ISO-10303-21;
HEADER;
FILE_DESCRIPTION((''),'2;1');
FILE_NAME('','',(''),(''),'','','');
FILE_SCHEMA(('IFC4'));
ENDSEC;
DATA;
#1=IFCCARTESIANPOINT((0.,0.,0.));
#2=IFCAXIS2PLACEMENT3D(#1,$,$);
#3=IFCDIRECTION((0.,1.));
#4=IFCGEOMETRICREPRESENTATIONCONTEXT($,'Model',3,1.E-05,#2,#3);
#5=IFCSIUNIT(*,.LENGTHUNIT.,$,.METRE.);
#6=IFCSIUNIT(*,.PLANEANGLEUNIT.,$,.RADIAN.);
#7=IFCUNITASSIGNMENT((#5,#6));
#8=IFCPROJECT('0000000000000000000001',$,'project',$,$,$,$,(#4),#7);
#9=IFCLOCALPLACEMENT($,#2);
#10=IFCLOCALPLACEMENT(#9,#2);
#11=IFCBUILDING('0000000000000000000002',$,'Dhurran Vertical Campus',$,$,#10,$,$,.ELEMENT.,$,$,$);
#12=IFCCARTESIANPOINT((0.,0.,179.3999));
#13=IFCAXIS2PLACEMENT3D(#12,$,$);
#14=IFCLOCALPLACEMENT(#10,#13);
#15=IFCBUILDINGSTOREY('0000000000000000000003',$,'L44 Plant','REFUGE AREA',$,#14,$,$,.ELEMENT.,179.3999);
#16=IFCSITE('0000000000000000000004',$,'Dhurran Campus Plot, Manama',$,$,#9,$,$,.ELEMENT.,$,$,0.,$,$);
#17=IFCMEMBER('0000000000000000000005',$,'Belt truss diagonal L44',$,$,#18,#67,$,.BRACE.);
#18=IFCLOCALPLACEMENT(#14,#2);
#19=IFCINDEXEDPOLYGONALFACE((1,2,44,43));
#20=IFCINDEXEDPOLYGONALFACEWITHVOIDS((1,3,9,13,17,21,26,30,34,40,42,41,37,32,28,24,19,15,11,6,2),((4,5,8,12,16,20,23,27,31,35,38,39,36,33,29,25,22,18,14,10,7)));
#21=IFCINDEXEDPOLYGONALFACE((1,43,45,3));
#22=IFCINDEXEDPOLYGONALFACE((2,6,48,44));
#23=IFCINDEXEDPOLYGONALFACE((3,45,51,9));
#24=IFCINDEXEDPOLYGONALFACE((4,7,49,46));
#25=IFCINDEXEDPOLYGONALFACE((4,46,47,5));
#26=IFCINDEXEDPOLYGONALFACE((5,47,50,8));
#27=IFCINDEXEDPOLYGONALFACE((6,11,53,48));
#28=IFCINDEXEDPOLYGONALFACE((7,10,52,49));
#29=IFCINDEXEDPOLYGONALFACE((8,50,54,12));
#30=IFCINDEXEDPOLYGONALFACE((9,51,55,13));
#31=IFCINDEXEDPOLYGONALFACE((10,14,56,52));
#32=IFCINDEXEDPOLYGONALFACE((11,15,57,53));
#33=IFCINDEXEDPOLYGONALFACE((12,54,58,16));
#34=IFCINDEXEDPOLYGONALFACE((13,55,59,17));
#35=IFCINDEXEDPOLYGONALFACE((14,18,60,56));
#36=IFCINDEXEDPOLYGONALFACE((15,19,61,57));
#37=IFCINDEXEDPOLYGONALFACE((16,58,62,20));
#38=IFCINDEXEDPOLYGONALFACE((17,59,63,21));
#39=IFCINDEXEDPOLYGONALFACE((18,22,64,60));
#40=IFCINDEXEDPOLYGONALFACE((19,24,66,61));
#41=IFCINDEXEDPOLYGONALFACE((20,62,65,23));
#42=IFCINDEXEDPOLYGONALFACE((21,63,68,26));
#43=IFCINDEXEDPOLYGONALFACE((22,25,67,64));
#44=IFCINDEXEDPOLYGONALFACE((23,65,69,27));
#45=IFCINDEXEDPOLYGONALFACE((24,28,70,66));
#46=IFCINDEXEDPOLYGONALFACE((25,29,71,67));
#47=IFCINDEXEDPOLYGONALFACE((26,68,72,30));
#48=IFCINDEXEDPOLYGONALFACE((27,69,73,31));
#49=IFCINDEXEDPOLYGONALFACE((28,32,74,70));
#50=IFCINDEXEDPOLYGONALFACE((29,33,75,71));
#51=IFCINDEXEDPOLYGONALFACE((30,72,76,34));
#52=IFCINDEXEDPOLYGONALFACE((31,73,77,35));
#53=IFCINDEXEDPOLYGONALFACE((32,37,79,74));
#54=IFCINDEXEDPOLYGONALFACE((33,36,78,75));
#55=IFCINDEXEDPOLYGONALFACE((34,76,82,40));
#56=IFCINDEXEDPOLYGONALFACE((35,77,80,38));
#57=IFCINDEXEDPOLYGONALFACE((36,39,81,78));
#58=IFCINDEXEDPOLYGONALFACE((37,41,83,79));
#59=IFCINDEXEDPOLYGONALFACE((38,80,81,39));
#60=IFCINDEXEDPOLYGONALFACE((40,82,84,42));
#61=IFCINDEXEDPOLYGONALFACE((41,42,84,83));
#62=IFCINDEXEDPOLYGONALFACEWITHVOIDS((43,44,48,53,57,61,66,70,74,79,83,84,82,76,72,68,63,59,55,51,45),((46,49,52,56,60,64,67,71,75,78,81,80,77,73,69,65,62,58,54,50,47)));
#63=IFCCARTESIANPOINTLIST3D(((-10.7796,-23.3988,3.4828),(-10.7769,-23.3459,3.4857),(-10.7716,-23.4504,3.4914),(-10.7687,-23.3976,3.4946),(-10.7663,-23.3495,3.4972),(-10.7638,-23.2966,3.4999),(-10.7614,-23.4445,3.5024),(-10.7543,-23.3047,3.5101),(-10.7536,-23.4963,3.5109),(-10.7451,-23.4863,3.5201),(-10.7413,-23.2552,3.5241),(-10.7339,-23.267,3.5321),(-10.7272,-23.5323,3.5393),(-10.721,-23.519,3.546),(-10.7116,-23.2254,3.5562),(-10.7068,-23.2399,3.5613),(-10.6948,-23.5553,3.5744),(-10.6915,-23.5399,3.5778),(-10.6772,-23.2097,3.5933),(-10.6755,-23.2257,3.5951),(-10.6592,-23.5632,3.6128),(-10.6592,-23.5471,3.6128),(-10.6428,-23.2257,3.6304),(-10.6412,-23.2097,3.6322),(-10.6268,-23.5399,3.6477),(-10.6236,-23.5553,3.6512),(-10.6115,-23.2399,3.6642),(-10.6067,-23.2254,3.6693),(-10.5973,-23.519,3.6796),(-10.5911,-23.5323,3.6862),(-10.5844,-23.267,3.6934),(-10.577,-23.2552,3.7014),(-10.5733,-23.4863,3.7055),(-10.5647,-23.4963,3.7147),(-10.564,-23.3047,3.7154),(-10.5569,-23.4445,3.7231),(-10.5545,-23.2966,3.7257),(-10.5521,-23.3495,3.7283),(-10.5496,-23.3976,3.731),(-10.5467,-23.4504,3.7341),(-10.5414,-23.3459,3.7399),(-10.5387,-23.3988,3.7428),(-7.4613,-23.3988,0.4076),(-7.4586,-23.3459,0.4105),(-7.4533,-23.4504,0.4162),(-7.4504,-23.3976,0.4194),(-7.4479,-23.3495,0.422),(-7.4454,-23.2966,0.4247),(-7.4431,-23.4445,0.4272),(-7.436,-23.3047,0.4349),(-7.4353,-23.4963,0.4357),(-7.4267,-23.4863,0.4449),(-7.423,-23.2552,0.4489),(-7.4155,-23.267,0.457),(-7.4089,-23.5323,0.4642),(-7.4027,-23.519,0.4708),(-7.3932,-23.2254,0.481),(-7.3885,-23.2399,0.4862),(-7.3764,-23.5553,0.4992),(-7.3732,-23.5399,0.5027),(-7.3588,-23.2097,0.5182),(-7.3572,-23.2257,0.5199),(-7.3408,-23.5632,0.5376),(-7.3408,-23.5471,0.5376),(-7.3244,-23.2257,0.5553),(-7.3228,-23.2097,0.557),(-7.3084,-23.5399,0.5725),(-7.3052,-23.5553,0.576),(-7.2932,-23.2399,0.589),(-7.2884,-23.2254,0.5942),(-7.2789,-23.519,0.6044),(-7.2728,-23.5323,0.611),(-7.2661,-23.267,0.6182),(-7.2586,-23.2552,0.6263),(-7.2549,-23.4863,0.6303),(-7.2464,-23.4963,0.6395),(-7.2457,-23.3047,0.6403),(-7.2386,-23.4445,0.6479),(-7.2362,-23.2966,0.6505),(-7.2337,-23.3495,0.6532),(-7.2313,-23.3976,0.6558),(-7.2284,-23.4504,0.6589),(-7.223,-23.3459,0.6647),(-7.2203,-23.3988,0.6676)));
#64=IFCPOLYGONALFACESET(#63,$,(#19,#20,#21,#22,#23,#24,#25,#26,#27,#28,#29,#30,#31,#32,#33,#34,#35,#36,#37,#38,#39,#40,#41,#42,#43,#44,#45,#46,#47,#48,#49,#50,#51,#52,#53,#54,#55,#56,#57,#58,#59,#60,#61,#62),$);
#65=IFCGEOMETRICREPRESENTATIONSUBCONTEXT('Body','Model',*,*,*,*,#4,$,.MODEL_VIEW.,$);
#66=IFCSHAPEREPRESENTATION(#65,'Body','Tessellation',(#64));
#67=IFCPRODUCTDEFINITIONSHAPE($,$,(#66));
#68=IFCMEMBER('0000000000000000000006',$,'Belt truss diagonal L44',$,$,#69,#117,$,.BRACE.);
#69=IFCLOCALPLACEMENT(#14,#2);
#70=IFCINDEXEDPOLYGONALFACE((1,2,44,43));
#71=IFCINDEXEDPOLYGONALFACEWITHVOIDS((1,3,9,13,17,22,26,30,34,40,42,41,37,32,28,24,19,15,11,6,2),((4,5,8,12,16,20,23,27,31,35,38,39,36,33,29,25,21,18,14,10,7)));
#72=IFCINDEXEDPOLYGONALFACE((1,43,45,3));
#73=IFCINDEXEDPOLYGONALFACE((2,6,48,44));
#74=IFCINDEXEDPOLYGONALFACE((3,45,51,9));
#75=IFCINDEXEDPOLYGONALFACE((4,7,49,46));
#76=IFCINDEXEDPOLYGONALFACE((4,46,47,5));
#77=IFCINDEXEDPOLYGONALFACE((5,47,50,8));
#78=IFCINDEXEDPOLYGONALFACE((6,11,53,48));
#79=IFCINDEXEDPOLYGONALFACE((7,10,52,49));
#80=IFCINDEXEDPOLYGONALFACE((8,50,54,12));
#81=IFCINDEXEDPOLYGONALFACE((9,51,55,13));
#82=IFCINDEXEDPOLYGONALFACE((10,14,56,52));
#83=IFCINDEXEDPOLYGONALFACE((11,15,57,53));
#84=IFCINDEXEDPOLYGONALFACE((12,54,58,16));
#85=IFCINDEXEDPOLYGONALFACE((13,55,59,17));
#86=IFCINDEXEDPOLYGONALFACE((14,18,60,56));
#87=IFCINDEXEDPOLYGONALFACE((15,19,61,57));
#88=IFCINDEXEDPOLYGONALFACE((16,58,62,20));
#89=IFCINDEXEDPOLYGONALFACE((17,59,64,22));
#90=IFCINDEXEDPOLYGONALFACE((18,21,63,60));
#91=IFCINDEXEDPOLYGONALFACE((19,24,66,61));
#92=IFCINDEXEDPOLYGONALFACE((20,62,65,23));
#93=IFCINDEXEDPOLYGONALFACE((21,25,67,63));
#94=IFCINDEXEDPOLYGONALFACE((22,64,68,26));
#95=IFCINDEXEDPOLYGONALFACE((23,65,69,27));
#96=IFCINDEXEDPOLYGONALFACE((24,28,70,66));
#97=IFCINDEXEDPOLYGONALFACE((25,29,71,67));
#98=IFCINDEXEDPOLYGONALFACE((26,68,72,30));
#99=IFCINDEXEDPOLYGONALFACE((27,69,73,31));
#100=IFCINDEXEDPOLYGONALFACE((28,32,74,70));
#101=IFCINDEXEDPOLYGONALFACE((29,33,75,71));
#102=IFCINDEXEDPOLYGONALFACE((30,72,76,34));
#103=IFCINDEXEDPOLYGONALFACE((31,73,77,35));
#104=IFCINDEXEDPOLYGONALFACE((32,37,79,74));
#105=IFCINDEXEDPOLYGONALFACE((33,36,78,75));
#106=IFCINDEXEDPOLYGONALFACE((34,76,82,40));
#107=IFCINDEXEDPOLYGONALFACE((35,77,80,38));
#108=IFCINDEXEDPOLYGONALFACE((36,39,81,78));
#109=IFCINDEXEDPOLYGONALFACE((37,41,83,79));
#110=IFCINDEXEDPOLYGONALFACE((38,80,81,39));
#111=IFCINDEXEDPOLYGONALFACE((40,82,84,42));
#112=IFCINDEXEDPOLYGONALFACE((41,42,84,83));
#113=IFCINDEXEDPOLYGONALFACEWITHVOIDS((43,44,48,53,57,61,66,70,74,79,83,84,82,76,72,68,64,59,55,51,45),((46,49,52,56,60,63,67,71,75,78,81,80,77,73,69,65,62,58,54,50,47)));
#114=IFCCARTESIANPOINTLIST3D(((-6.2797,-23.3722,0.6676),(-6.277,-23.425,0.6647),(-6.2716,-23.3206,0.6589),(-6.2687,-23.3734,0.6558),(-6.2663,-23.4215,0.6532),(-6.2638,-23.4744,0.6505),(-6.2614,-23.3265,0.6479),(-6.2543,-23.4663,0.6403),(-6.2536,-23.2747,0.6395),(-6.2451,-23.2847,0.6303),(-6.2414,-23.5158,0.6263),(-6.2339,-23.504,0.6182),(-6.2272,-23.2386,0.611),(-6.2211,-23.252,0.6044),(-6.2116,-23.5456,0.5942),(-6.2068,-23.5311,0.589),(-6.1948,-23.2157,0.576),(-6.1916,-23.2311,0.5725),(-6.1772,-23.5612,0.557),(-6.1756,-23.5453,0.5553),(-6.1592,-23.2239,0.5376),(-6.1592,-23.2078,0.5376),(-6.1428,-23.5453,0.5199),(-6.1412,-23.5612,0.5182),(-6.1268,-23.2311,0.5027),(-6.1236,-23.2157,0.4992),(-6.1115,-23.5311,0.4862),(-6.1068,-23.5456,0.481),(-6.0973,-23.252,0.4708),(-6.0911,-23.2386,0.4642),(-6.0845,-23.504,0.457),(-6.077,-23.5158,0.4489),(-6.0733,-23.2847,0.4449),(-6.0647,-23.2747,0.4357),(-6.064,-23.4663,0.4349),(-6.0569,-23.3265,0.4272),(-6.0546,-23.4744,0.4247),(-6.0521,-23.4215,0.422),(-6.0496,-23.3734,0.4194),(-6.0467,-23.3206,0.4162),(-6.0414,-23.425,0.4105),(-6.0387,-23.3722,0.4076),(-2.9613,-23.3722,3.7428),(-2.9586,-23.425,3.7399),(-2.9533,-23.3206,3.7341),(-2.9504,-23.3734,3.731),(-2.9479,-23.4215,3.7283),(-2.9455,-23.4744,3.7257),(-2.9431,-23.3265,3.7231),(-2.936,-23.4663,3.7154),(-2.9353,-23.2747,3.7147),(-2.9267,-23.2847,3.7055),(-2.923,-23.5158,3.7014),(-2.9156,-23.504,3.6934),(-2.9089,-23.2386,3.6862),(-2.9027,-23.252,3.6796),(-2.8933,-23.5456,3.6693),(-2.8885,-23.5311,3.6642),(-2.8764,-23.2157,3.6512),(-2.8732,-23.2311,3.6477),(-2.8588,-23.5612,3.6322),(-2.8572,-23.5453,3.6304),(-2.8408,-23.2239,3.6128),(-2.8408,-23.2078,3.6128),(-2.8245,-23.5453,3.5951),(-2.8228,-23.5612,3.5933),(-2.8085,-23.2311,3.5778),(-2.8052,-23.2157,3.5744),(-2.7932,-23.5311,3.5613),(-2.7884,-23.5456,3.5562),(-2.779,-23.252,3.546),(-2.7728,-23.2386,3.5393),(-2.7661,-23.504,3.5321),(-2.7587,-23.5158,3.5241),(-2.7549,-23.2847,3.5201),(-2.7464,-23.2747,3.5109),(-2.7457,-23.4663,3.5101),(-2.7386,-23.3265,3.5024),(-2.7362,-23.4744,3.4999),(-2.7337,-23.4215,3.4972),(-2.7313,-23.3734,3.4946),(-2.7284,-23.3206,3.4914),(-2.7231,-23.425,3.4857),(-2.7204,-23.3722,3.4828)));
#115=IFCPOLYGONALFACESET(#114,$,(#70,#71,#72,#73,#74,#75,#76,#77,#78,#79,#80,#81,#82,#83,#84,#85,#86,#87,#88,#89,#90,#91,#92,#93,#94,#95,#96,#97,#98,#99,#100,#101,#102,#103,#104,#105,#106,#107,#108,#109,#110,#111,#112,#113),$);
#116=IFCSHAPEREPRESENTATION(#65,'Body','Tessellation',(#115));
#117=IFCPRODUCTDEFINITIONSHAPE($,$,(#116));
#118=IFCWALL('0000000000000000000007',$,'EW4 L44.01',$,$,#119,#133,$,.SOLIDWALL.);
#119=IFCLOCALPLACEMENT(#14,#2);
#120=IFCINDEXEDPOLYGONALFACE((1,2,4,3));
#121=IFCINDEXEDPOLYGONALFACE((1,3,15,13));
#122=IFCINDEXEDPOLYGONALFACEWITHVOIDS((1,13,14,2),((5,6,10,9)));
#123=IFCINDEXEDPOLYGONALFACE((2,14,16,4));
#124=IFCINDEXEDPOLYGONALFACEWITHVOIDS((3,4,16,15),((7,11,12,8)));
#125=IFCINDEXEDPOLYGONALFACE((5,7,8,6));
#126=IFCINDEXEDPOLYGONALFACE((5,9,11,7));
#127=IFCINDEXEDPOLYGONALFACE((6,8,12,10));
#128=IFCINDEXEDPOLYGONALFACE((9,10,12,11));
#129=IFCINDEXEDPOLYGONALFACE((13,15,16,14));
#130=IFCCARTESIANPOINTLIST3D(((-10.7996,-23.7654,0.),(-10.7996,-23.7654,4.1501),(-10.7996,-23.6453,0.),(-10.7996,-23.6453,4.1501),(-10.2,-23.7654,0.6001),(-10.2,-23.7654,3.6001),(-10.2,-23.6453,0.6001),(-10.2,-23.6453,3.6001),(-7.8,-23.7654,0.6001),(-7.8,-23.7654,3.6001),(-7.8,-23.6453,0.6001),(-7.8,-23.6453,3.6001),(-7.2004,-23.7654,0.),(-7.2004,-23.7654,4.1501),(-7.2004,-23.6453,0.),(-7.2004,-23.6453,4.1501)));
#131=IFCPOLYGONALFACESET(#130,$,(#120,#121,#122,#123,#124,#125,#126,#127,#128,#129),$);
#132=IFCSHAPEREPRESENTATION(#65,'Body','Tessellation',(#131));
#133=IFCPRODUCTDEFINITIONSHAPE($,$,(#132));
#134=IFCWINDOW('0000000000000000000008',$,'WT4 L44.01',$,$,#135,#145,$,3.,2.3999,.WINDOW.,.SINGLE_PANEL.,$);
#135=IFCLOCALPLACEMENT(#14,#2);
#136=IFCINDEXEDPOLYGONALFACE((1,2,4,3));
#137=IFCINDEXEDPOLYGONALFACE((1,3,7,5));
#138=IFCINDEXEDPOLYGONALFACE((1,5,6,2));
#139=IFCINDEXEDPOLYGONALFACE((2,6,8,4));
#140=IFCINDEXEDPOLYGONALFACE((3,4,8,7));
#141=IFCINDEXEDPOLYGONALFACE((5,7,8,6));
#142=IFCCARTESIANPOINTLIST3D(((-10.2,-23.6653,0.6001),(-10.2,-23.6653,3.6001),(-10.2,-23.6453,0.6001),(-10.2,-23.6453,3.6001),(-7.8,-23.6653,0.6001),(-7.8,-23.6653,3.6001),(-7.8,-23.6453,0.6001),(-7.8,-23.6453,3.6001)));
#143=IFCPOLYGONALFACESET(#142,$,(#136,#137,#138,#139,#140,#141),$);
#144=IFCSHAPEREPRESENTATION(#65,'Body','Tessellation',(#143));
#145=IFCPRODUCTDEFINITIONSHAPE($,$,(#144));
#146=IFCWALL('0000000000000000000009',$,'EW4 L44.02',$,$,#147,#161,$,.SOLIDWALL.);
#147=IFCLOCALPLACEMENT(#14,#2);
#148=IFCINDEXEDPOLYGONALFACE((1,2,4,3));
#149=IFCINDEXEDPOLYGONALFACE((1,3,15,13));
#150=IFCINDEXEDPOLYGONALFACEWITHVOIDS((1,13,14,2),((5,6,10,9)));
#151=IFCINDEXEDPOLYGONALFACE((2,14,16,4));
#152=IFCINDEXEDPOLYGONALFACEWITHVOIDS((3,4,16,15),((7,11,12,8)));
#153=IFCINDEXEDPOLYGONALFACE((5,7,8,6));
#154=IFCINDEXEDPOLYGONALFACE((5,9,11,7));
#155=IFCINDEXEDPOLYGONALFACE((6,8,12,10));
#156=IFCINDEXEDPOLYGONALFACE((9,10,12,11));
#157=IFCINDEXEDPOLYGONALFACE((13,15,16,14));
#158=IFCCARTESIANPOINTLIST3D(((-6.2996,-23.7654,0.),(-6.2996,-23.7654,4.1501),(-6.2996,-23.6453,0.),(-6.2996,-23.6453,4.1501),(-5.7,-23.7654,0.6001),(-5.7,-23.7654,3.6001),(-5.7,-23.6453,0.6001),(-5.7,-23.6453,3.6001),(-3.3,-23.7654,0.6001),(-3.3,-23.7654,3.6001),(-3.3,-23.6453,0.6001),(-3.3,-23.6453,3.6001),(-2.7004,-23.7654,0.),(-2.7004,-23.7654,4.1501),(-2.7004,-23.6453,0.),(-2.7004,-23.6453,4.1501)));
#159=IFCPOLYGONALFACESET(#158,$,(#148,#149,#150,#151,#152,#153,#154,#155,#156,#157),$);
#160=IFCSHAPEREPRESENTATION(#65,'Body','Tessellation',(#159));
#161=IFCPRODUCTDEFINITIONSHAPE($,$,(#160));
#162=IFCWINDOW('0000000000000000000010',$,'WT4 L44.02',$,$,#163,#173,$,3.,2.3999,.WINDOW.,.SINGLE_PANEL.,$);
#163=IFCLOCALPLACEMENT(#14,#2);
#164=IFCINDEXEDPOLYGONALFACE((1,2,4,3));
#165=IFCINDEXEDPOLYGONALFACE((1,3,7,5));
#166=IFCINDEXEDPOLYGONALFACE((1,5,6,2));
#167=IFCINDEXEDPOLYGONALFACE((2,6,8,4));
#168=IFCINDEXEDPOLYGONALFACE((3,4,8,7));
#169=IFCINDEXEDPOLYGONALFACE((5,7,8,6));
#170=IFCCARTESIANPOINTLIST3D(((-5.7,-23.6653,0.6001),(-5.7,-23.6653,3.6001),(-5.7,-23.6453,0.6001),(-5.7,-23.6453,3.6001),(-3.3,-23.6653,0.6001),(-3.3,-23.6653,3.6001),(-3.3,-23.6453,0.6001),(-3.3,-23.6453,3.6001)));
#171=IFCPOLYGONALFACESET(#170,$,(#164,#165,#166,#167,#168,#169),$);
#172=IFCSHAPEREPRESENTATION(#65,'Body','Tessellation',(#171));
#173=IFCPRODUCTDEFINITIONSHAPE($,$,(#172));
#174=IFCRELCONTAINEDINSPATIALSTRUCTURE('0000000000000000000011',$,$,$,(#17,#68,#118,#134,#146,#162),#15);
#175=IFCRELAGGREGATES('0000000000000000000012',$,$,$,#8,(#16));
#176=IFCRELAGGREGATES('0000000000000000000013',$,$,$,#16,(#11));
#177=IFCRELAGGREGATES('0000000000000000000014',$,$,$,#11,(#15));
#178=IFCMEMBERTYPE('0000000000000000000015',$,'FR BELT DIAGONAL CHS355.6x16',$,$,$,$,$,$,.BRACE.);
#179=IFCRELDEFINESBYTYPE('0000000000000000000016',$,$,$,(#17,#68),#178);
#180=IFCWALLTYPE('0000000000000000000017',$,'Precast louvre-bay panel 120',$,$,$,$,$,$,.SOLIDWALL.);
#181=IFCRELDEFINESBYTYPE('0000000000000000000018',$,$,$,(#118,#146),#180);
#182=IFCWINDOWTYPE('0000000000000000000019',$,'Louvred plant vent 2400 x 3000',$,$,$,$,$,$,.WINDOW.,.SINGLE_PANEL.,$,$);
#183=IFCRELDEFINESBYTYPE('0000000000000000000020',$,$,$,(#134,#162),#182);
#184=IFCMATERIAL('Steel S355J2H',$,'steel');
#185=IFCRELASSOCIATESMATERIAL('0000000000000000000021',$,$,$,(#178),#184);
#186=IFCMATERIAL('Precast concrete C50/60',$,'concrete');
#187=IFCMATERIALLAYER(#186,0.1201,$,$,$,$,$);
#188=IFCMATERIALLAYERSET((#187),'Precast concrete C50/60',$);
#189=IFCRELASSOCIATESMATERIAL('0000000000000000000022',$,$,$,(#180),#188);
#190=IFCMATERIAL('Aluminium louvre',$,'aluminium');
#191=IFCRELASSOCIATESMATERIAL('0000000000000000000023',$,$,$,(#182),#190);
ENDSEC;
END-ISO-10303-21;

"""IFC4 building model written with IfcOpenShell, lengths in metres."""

from ifc_helpers import new_model, si_unit, direction, frame, frame_2d, origin, origin_2d, place, context, subcontext, project, spatial, rectangle, hollow_circle, extrude, material, layer, layer_set, material_profile, profile_set, type_object, element, fill, save


model = new_model("IFC4")

# Units and contexts
model_context = context("Model", 3, precision=1e-05, world=origin(), true_north=direction((0.0, 1.0)))
body_context = subcontext(model_context, "Body", "Model", "MODEL_VIEW")
ifc_project = project(units=[si_unit("LENGTHUNIT", "METRE"), si_unit("PLANEANGLEUNIT", "RADIAN")], contexts=[model_context])

# Site, building, storey
site_placement = place(None, origin())
site = spatial("IfcSite", under=ifc_project, at=site_placement, Name="Dhurran Campus Plot, Manama", CompositionType="ELEMENT", RefElevation=0.0)
building_placement = place(site_placement, origin())
building = spatial("IfcBuilding", under=site, at=building_placement, Name="Dhurran Vertical Campus", CompositionType="ELEMENT")
storey_placement = place(building_placement, frame((0.0, 0.0, 179.3999)))
storey = spatial("IfcBuildingStorey", under=building, at=storey_placement, Name="L44 Plant", Description="REFUGE AREA", CompositionType="ELEMENT", Elevation=179.3999)

# Members
ifc_material_1 = material(Name="Steel S355J2H", Category="steel")
ifc_material_profile_1 = material_profile(ifc_material_1, hollow_circle(Radius=0.1777, WallThickness=0.0161, at=origin_2d()), Name="CHS355.6x16")
ifc_profile_set_1 = profile_set([ifc_material_profile_1], Name="Steel S355J2H")
member_type = type_object("IfcMemberType", Name="FR BELT DIAGONAL CHS355.6x16", PredefinedType="BRACE", material=ifc_profile_set_1)
for number, where, z_axis, x_axis, name in (
    (1, (-7.3408, -23.3855, 0.5376), (-0.73347, 0.0, 0.679722), (0.0, -1.0, 0.0), "Belt truss diagonal L44"),
    (2, (-6.1592, -23.3855, 0.5376), (0.73347, 0.0, 0.679722), (0.0, 1.0, 0.0), "Belt truss diagonal L44"),
):
    element("IfcMember", number, at=place(storey_placement, frame(where, z_axis=z_axis, x_axis=x_axis)), inside=storey, type_object=member_type, Name=name, PredefinedType="BRACE", context=body_context, shape_type="SweptSolid", body=[
        extrude(hollow_circle(Radius=0.1777, WallThickness=0.0161, at=origin_2d()), origin(), (0.0, 0.0, 1.0), 4.5242),
    ])

# Walls, openings, windows
ifc_material_2 = material(Name="Precast concrete C50/60", Category="concrete")
ifc_layer_1 = layer(ifc_material_2, 0.1201)
ifc_layer_set_1 = layer_set([ifc_layer_1], Name="Precast concrete C50/60")
wall_type_1 = type_object("IfcWallType", Name="Precast louvre-bay panel 120", PredefinedType="SOLIDWALL", material=ifc_layer_set_1)
wall_1_placement = place(storey_placement, frame((-10.7996, -23.7053, 0.0), z_axis=(0.0, 0.0, 1.0), x_axis=(1.0, 0.0, 0.0)))
wall_1 = element("IfcWall", 3, at=wall_1_placement, inside=storey, type_object=wall_type_1, Name="EW4 L44.01", PredefinedType="SOLIDWALL", context=body_context, shape_type="SweptSolid", body=[
    extrude(rectangle(XDim=3.5991, YDim=0.1201, at=frame_2d((1.7996, 0.0))), origin(), (0.0, 0.0, 1.0), 4.1501),
])
opening_1_placement = place(wall_1_placement, frame((0.5996, 0.0, 0.6001)))
opening_1 = element("IfcOpeningElement", 4, at=opening_1_placement, cuts=wall_1, PredefinedType="OPENING", context=body_context, shape_type="SweptSolid", body=[
    extrude(rectangle(XDim=2.3999, YDim=3.0, at=frame_2d((1.2, 1.5))), frame((0.0, 0.0701, 0.0), z_axis=(0.0, -1.0, 0.0), x_axis=(1.0, 0.0, 0.0)), (0.0, 0.0, 1.0), 0.1401),
])
ifc_material_3 = material(Name="Aluminium louvre", Category="aluminium")
window_type = type_object("IfcWindowType", Name="Louvred plant vent 2400 x 3000", PartitioningType="SINGLE_PANEL", PredefinedType="WINDOW", material=ifc_material_3)
window_1_placement = place(opening_1_placement, origin())
window_1 = element("IfcWindow", 5, at=window_1_placement, inside=storey, type_object=window_type, Name="WT4 L44.01", OverallHeight=3.0, OverallWidth=2.3999, PartitioningType="SINGLE_PANEL", PredefinedType="WINDOW", context=body_context, shape_type="SweptSolid", body=[
    extrude(rectangle(XDim=2.3999, YDim=3.0, at=frame_2d((1.2, 1.5))), frame((0.0, 0.0601, 0.0), z_axis=(0.0, -1.0, 0.0), x_axis=(1.0, 0.0, 0.0)), (0.0, 0.0, 1.0), 0.02),
])
fill(opening_1, window_1)
wall_2_placement = place(storey_placement, frame((-6.2996, -23.7053, 0.0), z_axis=(0.0, 0.0, 1.0), x_axis=(1.0, 0.0, 0.0)))
wall_2 = element("IfcWall", 6, at=wall_2_placement, inside=storey, type_object=wall_type_1, Name="EW4 L44.02", PredefinedType="SOLIDWALL", context=body_context, shape_type="SweptSolid", body=[
    extrude(rectangle(XDim=3.5991, YDim=0.1201, at=frame_2d((1.7996, 0.0))), origin(), (0.0, 0.0, 1.0), 4.1501),
])
opening_2_placement = place(wall_2_placement, frame((0.5996, 0.0, 0.6001)))
opening_2 = element("IfcOpeningElement", 7, at=opening_2_placement, cuts=wall_2, PredefinedType="OPENING", context=body_context, shape_type="SweptSolid", body=[
    extrude(rectangle(XDim=2.3999, YDim=3.0, at=frame_2d((1.2, 1.5))), frame((0.0, 0.0701, 0.0), z_axis=(0.0, -1.0, 0.0), x_axis=(1.0, 0.0, 0.0)), (0.0, 0.0, 1.0), 0.1401),
])
window_2_placement = place(opening_2_placement, origin())
window_2 = element("IfcWindow", 8, at=window_2_placement, inside=storey, type_object=window_type, Name="WT4 L44.02", OverallHeight=3.0, OverallWidth=2.3999, PartitioningType="SINGLE_PANEL", PredefinedType="WINDOW", context=body_context, shape_type="SweptSolid", body=[
    extrude(rectangle(XDim=2.3999, YDim=3.0, at=frame_2d((1.2, 1.5))), frame((0.0, 0.0601, 0.0), z_axis=(0.0, -1.0, 0.0), x_axis=(1.0, 0.0, 0.0)), (0.0, 0.0, 1.0), 0.02),
])
fill(opening_2, window_2)

save(model, "model.ifc")
